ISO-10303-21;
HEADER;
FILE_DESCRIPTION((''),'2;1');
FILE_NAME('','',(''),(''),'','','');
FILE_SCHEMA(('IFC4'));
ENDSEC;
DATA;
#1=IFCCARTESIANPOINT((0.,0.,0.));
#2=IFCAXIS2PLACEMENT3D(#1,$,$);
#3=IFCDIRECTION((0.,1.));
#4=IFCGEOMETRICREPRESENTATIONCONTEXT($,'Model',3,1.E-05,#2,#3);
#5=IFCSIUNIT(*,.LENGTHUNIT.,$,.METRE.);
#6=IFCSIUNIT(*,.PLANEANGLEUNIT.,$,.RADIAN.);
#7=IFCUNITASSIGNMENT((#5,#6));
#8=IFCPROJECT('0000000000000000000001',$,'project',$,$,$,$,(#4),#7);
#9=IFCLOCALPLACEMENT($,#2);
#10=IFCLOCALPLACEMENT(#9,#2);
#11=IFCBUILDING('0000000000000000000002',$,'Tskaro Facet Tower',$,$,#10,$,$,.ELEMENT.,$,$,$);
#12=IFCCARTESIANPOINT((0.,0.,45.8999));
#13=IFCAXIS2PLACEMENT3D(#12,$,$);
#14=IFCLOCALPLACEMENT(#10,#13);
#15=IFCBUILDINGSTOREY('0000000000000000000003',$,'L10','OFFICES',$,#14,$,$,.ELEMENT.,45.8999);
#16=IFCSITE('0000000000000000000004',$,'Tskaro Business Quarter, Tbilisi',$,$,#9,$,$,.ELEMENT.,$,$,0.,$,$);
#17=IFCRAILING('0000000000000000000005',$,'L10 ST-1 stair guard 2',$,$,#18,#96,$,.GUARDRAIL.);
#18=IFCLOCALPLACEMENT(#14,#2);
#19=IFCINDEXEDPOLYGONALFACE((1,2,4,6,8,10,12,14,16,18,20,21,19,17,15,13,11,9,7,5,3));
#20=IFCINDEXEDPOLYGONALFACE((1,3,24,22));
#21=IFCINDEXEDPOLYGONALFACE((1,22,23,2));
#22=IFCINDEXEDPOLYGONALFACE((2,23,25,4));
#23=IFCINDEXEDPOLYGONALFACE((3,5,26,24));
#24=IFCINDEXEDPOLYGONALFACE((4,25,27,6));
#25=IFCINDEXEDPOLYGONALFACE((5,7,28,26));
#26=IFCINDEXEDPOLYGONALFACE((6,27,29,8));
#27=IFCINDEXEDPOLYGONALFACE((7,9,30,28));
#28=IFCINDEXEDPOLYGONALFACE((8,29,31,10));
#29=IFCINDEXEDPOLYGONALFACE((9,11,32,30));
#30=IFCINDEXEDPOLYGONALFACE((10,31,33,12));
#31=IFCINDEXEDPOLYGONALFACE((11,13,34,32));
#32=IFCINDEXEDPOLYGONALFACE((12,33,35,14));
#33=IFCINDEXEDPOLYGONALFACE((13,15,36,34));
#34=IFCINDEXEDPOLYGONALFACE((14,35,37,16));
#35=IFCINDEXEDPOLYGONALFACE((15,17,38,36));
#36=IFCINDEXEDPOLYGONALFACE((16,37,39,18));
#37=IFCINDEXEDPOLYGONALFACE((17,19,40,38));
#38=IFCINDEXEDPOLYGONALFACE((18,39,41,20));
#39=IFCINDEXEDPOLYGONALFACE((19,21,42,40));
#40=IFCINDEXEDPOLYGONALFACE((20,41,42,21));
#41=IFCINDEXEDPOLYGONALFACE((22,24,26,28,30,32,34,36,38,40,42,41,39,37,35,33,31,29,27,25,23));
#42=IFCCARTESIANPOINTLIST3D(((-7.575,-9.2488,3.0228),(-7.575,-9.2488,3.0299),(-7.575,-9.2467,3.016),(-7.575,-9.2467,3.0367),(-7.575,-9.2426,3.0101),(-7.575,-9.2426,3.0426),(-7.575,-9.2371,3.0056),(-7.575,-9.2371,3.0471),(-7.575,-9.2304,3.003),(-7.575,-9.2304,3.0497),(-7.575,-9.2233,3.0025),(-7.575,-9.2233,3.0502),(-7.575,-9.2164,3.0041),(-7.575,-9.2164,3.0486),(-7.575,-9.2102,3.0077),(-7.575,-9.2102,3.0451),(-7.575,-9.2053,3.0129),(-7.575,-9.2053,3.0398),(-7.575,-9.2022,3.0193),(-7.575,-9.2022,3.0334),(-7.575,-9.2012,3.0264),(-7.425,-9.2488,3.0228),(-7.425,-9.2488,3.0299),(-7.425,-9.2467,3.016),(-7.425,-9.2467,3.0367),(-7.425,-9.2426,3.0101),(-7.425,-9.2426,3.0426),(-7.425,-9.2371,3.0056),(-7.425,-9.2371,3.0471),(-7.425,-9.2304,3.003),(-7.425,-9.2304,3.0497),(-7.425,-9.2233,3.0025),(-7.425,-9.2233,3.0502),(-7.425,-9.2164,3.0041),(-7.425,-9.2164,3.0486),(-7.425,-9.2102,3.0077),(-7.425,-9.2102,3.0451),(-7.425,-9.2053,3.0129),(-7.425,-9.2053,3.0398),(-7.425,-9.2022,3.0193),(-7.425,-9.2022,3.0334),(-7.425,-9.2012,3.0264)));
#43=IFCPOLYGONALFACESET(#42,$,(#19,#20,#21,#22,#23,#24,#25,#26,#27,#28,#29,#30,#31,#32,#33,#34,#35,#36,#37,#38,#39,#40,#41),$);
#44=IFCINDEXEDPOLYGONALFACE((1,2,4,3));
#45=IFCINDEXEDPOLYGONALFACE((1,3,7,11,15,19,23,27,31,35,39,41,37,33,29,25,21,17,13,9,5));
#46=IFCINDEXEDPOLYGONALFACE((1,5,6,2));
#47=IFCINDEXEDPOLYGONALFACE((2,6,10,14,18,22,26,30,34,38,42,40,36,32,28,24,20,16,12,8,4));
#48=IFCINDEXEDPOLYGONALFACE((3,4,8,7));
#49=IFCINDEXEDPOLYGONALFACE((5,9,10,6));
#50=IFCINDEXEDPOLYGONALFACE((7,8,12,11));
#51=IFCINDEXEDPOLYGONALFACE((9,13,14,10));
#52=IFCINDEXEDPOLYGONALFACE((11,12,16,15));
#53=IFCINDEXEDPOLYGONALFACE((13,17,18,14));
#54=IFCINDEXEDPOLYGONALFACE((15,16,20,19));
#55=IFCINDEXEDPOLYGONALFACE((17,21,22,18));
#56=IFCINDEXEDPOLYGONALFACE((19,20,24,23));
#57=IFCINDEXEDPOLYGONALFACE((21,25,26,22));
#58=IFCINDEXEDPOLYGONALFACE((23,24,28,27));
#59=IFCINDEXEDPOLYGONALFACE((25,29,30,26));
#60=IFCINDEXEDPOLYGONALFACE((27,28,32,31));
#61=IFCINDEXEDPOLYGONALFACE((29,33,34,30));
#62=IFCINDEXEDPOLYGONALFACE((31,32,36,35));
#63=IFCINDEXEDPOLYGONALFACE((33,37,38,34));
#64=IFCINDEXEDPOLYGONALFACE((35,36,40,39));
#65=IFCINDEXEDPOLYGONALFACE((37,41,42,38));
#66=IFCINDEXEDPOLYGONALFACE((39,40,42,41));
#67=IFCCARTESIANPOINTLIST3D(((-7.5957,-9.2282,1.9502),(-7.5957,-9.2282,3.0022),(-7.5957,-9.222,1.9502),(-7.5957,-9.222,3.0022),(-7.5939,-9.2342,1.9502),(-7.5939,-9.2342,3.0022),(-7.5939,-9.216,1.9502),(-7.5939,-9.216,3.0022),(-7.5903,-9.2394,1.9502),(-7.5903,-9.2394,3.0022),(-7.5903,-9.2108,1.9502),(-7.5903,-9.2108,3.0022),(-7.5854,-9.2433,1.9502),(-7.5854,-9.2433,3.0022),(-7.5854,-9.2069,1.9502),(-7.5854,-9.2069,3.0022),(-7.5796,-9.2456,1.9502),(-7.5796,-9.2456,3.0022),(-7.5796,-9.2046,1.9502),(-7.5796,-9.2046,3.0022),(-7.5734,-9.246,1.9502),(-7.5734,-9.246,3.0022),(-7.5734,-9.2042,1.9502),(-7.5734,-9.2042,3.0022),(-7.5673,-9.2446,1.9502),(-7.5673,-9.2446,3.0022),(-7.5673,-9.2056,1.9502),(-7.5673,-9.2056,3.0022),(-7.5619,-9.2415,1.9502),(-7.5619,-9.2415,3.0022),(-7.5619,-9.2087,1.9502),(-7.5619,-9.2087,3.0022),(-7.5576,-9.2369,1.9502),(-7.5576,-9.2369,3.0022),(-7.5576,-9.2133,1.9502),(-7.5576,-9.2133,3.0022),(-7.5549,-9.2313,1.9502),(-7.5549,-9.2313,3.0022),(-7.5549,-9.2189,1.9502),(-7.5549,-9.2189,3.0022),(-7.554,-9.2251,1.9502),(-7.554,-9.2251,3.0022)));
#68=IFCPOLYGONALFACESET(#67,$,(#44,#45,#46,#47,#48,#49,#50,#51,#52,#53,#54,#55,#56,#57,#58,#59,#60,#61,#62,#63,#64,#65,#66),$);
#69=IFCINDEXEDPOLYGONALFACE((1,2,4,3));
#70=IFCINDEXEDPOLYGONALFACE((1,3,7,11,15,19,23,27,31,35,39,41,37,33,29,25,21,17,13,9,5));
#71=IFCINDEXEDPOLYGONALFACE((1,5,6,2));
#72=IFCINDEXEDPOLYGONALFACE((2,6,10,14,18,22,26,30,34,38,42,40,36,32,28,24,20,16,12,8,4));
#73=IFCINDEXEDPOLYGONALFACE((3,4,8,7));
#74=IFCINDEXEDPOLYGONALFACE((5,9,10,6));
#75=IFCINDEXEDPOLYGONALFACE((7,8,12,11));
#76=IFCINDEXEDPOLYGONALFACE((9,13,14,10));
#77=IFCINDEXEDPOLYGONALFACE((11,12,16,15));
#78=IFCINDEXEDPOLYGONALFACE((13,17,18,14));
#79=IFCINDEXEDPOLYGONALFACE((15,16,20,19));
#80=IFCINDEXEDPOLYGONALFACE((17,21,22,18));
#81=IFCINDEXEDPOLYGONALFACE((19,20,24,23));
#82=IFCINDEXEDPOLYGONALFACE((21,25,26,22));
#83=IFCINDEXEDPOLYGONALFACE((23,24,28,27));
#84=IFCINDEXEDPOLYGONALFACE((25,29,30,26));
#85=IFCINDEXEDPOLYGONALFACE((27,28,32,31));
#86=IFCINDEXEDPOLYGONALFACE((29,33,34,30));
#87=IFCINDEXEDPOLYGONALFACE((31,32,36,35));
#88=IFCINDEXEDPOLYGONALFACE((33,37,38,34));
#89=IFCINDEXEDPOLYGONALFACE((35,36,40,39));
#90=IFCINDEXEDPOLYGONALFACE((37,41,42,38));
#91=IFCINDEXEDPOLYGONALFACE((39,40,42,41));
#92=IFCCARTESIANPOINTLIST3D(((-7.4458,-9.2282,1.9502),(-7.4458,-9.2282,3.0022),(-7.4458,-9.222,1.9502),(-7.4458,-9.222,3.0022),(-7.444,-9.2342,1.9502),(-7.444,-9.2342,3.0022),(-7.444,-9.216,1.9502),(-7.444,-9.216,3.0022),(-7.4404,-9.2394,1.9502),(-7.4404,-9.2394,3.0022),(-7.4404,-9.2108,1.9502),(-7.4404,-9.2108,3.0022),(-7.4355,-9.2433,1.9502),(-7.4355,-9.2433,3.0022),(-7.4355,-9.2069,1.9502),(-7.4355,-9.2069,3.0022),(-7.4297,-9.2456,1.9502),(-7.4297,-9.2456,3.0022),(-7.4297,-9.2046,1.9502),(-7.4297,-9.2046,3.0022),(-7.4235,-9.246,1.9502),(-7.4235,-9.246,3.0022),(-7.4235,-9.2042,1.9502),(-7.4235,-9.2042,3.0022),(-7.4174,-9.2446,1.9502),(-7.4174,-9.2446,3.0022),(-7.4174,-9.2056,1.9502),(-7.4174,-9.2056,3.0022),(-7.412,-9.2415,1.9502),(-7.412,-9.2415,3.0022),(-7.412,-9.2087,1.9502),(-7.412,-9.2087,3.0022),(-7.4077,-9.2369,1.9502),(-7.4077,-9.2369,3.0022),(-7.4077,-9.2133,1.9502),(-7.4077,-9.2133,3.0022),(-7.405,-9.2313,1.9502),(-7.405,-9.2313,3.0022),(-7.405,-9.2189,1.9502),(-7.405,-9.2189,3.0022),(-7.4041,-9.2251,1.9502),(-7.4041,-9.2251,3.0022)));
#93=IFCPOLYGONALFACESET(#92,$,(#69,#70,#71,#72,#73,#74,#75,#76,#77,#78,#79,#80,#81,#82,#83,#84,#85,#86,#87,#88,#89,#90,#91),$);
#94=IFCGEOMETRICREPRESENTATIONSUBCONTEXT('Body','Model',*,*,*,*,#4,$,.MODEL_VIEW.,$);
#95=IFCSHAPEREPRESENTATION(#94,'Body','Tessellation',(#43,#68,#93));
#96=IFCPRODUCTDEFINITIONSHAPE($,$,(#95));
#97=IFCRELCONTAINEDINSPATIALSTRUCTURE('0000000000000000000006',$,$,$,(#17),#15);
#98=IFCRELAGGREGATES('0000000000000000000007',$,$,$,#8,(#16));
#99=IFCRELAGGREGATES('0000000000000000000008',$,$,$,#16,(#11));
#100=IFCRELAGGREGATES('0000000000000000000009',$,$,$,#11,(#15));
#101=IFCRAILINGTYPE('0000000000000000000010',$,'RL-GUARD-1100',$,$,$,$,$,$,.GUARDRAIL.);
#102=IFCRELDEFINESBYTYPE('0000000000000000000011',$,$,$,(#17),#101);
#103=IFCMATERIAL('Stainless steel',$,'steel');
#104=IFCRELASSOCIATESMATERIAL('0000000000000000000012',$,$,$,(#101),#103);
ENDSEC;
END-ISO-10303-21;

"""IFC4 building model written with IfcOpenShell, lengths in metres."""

from ifc_helpers import new_model, si_unit, direction, frame, origin, origin_2d, place, context, subcontext, project, spatial, circle, extrude, material, type_object, element, save


model = new_model("IFC4")

# Units and contexts
model_context = context("Model", 3, precision=1e-05, world=origin(), true_north=direction((0.0, 1.0)))
body_context = subcontext(model_context, "Body", "Model", "MODEL_VIEW")
ifc_project = project(units=[si_unit("LENGTHUNIT", "METRE"), si_unit("PLANEANGLEUNIT", "RADIAN")], contexts=[model_context])

# Site, building, storey
site_placement = place(None, origin())
site = spatial("IfcSite", under=ifc_project, at=site_placement, Name="Tskaro Business Quarter, Tbilisi", CompositionType="ELEMENT", RefElevation=0.0)
building_placement = place(site_placement, origin())
building = spatial("IfcBuilding", under=site, at=building_placement, Name="Tskaro Facet Tower", CompositionType="ELEMENT")
storey_placement = place(building_placement, frame((0.0, 0.0, 45.8999)))
storey = spatial("IfcBuildingStorey", under=building, at=storey_placement, Name="L10", Description="OFFICES", CompositionType="ELEMENT", Elevation=45.8999)

# Shared definitions
ifc_material_1 = material(Name="Stainless steel", Category="steel")

# Railing
railing_type_1 = type_object("IfcRailingType", Name="RL-GUARD-1100", PredefinedType="GUARDRAIL", material=ifc_material_1)
railing_1_placement = place(storey_placement, frame((-7.575, -9.2251, 1.9502)))
element("IfcRailing", 1, at=railing_1_placement, inside=storey, type_object=railing_type_1, Name="L10 ST-1 stair guard 2", PredefinedType="GUARDRAIL", context=body_context, shape_type="SweptSolid", body=[
    extrude(circle(Radius=0.0239, at=origin_2d()), frame((0.0, 0.0, 1.0762), z_axis=(1.0, 0.0, 0.0), x_axis=(0.0, 1.0, 0.0)), (0.0, 0.0, 1.0), 0.1499),
    extrude(circle(Radius=0.021, at=origin_2d()), origin(), (0.0, 0.0, 1.0), 1.052),
    extrude(circle(Radius=0.021, at=origin_2d()), frame((0.1499, 0.0, 0.0)), (0.0, 0.0, 1.0), 1.052),
])

save(model, "model.ifc")
